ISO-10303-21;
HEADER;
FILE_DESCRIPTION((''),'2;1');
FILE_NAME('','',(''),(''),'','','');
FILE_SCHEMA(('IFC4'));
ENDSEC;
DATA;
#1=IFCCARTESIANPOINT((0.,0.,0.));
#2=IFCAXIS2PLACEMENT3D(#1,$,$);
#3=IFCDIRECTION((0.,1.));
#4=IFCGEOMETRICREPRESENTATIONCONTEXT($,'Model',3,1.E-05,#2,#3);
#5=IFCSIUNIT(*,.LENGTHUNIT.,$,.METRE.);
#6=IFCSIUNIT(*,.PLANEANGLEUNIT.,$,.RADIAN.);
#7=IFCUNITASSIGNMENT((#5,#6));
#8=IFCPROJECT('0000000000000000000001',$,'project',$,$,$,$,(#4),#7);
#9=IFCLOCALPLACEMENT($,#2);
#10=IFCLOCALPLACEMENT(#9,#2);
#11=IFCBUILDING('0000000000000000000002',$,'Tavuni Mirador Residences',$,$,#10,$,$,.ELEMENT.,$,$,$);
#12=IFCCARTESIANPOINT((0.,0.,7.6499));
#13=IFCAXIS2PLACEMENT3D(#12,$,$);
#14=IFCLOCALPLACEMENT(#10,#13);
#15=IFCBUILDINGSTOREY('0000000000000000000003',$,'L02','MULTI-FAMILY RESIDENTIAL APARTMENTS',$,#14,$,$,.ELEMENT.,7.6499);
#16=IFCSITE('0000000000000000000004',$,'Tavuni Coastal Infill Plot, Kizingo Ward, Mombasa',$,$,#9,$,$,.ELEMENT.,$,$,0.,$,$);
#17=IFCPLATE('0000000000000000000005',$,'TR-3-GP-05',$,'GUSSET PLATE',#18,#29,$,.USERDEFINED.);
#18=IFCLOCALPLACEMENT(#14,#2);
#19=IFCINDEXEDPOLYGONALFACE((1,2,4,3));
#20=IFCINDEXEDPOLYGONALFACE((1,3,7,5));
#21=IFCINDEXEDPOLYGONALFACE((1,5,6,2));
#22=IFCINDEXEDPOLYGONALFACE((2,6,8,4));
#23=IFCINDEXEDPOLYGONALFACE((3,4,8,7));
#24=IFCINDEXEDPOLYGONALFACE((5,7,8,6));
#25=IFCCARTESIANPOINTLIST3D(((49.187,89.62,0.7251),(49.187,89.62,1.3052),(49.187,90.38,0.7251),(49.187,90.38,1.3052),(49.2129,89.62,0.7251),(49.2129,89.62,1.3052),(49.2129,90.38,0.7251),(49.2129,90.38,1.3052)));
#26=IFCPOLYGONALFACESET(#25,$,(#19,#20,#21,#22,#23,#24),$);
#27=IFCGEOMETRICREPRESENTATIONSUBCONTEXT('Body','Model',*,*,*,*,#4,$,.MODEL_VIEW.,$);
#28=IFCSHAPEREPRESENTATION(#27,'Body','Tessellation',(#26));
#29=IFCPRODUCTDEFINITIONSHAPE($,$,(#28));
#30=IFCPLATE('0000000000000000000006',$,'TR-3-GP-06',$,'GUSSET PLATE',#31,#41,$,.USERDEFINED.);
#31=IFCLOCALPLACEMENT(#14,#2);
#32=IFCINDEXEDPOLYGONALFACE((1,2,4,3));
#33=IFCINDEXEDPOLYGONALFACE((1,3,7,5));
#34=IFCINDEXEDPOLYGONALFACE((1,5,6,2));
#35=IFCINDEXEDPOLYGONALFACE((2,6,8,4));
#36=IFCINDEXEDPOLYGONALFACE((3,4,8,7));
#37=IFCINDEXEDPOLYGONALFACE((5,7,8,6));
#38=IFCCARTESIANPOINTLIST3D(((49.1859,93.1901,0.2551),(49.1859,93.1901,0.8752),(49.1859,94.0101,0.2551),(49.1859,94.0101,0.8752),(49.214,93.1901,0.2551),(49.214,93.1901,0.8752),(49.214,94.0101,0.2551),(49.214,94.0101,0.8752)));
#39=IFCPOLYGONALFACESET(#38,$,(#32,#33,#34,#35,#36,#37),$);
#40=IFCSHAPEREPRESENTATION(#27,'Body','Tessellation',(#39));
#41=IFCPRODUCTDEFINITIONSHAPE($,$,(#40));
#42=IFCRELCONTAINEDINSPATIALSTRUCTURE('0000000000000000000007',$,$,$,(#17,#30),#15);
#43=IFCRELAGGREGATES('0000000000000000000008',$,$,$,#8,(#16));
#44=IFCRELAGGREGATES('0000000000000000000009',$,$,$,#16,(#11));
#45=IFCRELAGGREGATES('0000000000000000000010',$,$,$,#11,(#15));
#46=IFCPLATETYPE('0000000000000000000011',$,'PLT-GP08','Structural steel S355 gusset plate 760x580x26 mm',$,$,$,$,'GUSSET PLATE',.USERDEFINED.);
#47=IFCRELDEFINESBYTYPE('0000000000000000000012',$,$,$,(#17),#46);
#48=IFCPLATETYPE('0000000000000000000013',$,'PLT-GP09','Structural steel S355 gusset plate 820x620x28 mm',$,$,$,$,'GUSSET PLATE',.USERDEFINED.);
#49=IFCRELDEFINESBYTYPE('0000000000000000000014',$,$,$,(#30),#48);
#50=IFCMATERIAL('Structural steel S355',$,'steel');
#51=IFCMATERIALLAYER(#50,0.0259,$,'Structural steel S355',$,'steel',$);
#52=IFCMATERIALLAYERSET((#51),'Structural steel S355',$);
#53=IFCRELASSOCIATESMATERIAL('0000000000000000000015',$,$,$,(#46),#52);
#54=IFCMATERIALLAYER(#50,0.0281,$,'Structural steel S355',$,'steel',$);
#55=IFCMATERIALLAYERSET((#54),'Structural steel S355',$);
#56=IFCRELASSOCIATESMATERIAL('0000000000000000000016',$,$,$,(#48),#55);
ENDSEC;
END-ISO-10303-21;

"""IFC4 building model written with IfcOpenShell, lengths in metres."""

from ifc_helpers import new_model, si_unit, direction, frame, origin, origin_2d, place, context, subcontext, project, spatial, rectangle, extrude, material, layer, layer_set, type_object, element, save


model = new_model("IFC4")

# Units and contexts
model_context = context("Model", 3, precision=1e-05, world=origin(), true_north=direction((0.0, 1.0)))
body_context = subcontext(model_context, "Body", "Model", "MODEL_VIEW")
ifc_project = project(units=[si_unit("LENGTHUNIT", "METRE"), si_unit("PLANEANGLEUNIT", "RADIAN")], contexts=[model_context])

# Site, building, storey
site_placement = place(None, origin())
site = spatial("IfcSite", under=ifc_project, at=site_placement, Name="Tavuni Coastal Infill Plot, Kizingo Ward, Mombasa", CompositionType="ELEMENT", RefElevation=0.0)
building_placement = place(site_placement, origin())
building = spatial("IfcBuilding", under=site, at=building_placement, Name="Tavuni Mirador Residences", CompositionType="ELEMENT")
storey_placement = place(building_placement, frame((0.0, 0.0, 7.6499)))
storey = spatial("IfcBuildingStorey", under=building, at=storey_placement, Name="L02", Description="MULTI-FAMILY RESIDENTIAL APARTMENTS", CompositionType="ELEMENT", Elevation=7.6499)

# Shared definitions
ifc_material_1 = material(Name="Structural steel S355", Category="steel")

# Plates
ifc_layer_1 = layer(ifc_material_1, 0.0259, Name="Structural steel S355", Category="steel")
ifc_layer_set_1 = layer_set([ifc_layer_1], Name="Structural steel S355")
plate_type_1 = type_object("IfcPlateType", Name="PLT-GP08", Description="Structural steel S355 gusset plate 760x580x26 mm", ElementType="GUSSET PLATE", PredefinedType="USERDEFINED", material=ifc_layer_set_1)
for number, where, z_axis, x_axis, name in (
    (1, (49.2, 90.0, 0.7251), (0.0, 0.0, 1.0), (0.0, 1.0, 0.0), "TR-3-GP-05"),
):
    element("IfcPlate", number, at=place(storey_placement, frame(where, z_axis=z_axis, x_axis=x_axis)), inside=storey, type_object=plate_type_1, Name=name, ObjectType="GUSSET PLATE", PredefinedType="USERDEFINED", context=body_context, shape_type="SweptSolid", body=[
        extrude(rectangle(XDim=0.76, YDim=0.0259, at=origin_2d()), origin(), (0.0, 0.0, 1.0), 0.5801),
    ])
ifc_layer_2 = layer(ifc_material_1, 0.0281, Name="Structural steel S355", Category="steel")
ifc_layer_set_2 = layer_set([ifc_layer_2], Name="Structural steel S355")
plate_type_2 = type_object("IfcPlateType", Name="PLT-GP09", Description="Structural steel S355 gusset plate 820x620x28 mm", ElementType="GUSSET PLATE", PredefinedType="USERDEFINED", material=ifc_layer_set_2)
plate_1_placement = place(storey_placement, frame((49.2, 93.6001, 0.2551), z_axis=(0.0, 0.0, 1.0), x_axis=(0.0, 1.0, 0.0)))
element("IfcPlate", 2, at=plate_1_placement, inside=storey, type_object=plate_type_2, Name="TR-3-GP-06", ObjectType="GUSSET PLATE", PredefinedType="USERDEFINED", context=body_context, shape_type="SweptSolid", body=[
    extrude(rectangle(XDim=0.8201, YDim=0.0281, at=origin_2d()), origin(), (0.0, 0.0, 1.0), 0.6201),
])

save(model, "model.ifc")
